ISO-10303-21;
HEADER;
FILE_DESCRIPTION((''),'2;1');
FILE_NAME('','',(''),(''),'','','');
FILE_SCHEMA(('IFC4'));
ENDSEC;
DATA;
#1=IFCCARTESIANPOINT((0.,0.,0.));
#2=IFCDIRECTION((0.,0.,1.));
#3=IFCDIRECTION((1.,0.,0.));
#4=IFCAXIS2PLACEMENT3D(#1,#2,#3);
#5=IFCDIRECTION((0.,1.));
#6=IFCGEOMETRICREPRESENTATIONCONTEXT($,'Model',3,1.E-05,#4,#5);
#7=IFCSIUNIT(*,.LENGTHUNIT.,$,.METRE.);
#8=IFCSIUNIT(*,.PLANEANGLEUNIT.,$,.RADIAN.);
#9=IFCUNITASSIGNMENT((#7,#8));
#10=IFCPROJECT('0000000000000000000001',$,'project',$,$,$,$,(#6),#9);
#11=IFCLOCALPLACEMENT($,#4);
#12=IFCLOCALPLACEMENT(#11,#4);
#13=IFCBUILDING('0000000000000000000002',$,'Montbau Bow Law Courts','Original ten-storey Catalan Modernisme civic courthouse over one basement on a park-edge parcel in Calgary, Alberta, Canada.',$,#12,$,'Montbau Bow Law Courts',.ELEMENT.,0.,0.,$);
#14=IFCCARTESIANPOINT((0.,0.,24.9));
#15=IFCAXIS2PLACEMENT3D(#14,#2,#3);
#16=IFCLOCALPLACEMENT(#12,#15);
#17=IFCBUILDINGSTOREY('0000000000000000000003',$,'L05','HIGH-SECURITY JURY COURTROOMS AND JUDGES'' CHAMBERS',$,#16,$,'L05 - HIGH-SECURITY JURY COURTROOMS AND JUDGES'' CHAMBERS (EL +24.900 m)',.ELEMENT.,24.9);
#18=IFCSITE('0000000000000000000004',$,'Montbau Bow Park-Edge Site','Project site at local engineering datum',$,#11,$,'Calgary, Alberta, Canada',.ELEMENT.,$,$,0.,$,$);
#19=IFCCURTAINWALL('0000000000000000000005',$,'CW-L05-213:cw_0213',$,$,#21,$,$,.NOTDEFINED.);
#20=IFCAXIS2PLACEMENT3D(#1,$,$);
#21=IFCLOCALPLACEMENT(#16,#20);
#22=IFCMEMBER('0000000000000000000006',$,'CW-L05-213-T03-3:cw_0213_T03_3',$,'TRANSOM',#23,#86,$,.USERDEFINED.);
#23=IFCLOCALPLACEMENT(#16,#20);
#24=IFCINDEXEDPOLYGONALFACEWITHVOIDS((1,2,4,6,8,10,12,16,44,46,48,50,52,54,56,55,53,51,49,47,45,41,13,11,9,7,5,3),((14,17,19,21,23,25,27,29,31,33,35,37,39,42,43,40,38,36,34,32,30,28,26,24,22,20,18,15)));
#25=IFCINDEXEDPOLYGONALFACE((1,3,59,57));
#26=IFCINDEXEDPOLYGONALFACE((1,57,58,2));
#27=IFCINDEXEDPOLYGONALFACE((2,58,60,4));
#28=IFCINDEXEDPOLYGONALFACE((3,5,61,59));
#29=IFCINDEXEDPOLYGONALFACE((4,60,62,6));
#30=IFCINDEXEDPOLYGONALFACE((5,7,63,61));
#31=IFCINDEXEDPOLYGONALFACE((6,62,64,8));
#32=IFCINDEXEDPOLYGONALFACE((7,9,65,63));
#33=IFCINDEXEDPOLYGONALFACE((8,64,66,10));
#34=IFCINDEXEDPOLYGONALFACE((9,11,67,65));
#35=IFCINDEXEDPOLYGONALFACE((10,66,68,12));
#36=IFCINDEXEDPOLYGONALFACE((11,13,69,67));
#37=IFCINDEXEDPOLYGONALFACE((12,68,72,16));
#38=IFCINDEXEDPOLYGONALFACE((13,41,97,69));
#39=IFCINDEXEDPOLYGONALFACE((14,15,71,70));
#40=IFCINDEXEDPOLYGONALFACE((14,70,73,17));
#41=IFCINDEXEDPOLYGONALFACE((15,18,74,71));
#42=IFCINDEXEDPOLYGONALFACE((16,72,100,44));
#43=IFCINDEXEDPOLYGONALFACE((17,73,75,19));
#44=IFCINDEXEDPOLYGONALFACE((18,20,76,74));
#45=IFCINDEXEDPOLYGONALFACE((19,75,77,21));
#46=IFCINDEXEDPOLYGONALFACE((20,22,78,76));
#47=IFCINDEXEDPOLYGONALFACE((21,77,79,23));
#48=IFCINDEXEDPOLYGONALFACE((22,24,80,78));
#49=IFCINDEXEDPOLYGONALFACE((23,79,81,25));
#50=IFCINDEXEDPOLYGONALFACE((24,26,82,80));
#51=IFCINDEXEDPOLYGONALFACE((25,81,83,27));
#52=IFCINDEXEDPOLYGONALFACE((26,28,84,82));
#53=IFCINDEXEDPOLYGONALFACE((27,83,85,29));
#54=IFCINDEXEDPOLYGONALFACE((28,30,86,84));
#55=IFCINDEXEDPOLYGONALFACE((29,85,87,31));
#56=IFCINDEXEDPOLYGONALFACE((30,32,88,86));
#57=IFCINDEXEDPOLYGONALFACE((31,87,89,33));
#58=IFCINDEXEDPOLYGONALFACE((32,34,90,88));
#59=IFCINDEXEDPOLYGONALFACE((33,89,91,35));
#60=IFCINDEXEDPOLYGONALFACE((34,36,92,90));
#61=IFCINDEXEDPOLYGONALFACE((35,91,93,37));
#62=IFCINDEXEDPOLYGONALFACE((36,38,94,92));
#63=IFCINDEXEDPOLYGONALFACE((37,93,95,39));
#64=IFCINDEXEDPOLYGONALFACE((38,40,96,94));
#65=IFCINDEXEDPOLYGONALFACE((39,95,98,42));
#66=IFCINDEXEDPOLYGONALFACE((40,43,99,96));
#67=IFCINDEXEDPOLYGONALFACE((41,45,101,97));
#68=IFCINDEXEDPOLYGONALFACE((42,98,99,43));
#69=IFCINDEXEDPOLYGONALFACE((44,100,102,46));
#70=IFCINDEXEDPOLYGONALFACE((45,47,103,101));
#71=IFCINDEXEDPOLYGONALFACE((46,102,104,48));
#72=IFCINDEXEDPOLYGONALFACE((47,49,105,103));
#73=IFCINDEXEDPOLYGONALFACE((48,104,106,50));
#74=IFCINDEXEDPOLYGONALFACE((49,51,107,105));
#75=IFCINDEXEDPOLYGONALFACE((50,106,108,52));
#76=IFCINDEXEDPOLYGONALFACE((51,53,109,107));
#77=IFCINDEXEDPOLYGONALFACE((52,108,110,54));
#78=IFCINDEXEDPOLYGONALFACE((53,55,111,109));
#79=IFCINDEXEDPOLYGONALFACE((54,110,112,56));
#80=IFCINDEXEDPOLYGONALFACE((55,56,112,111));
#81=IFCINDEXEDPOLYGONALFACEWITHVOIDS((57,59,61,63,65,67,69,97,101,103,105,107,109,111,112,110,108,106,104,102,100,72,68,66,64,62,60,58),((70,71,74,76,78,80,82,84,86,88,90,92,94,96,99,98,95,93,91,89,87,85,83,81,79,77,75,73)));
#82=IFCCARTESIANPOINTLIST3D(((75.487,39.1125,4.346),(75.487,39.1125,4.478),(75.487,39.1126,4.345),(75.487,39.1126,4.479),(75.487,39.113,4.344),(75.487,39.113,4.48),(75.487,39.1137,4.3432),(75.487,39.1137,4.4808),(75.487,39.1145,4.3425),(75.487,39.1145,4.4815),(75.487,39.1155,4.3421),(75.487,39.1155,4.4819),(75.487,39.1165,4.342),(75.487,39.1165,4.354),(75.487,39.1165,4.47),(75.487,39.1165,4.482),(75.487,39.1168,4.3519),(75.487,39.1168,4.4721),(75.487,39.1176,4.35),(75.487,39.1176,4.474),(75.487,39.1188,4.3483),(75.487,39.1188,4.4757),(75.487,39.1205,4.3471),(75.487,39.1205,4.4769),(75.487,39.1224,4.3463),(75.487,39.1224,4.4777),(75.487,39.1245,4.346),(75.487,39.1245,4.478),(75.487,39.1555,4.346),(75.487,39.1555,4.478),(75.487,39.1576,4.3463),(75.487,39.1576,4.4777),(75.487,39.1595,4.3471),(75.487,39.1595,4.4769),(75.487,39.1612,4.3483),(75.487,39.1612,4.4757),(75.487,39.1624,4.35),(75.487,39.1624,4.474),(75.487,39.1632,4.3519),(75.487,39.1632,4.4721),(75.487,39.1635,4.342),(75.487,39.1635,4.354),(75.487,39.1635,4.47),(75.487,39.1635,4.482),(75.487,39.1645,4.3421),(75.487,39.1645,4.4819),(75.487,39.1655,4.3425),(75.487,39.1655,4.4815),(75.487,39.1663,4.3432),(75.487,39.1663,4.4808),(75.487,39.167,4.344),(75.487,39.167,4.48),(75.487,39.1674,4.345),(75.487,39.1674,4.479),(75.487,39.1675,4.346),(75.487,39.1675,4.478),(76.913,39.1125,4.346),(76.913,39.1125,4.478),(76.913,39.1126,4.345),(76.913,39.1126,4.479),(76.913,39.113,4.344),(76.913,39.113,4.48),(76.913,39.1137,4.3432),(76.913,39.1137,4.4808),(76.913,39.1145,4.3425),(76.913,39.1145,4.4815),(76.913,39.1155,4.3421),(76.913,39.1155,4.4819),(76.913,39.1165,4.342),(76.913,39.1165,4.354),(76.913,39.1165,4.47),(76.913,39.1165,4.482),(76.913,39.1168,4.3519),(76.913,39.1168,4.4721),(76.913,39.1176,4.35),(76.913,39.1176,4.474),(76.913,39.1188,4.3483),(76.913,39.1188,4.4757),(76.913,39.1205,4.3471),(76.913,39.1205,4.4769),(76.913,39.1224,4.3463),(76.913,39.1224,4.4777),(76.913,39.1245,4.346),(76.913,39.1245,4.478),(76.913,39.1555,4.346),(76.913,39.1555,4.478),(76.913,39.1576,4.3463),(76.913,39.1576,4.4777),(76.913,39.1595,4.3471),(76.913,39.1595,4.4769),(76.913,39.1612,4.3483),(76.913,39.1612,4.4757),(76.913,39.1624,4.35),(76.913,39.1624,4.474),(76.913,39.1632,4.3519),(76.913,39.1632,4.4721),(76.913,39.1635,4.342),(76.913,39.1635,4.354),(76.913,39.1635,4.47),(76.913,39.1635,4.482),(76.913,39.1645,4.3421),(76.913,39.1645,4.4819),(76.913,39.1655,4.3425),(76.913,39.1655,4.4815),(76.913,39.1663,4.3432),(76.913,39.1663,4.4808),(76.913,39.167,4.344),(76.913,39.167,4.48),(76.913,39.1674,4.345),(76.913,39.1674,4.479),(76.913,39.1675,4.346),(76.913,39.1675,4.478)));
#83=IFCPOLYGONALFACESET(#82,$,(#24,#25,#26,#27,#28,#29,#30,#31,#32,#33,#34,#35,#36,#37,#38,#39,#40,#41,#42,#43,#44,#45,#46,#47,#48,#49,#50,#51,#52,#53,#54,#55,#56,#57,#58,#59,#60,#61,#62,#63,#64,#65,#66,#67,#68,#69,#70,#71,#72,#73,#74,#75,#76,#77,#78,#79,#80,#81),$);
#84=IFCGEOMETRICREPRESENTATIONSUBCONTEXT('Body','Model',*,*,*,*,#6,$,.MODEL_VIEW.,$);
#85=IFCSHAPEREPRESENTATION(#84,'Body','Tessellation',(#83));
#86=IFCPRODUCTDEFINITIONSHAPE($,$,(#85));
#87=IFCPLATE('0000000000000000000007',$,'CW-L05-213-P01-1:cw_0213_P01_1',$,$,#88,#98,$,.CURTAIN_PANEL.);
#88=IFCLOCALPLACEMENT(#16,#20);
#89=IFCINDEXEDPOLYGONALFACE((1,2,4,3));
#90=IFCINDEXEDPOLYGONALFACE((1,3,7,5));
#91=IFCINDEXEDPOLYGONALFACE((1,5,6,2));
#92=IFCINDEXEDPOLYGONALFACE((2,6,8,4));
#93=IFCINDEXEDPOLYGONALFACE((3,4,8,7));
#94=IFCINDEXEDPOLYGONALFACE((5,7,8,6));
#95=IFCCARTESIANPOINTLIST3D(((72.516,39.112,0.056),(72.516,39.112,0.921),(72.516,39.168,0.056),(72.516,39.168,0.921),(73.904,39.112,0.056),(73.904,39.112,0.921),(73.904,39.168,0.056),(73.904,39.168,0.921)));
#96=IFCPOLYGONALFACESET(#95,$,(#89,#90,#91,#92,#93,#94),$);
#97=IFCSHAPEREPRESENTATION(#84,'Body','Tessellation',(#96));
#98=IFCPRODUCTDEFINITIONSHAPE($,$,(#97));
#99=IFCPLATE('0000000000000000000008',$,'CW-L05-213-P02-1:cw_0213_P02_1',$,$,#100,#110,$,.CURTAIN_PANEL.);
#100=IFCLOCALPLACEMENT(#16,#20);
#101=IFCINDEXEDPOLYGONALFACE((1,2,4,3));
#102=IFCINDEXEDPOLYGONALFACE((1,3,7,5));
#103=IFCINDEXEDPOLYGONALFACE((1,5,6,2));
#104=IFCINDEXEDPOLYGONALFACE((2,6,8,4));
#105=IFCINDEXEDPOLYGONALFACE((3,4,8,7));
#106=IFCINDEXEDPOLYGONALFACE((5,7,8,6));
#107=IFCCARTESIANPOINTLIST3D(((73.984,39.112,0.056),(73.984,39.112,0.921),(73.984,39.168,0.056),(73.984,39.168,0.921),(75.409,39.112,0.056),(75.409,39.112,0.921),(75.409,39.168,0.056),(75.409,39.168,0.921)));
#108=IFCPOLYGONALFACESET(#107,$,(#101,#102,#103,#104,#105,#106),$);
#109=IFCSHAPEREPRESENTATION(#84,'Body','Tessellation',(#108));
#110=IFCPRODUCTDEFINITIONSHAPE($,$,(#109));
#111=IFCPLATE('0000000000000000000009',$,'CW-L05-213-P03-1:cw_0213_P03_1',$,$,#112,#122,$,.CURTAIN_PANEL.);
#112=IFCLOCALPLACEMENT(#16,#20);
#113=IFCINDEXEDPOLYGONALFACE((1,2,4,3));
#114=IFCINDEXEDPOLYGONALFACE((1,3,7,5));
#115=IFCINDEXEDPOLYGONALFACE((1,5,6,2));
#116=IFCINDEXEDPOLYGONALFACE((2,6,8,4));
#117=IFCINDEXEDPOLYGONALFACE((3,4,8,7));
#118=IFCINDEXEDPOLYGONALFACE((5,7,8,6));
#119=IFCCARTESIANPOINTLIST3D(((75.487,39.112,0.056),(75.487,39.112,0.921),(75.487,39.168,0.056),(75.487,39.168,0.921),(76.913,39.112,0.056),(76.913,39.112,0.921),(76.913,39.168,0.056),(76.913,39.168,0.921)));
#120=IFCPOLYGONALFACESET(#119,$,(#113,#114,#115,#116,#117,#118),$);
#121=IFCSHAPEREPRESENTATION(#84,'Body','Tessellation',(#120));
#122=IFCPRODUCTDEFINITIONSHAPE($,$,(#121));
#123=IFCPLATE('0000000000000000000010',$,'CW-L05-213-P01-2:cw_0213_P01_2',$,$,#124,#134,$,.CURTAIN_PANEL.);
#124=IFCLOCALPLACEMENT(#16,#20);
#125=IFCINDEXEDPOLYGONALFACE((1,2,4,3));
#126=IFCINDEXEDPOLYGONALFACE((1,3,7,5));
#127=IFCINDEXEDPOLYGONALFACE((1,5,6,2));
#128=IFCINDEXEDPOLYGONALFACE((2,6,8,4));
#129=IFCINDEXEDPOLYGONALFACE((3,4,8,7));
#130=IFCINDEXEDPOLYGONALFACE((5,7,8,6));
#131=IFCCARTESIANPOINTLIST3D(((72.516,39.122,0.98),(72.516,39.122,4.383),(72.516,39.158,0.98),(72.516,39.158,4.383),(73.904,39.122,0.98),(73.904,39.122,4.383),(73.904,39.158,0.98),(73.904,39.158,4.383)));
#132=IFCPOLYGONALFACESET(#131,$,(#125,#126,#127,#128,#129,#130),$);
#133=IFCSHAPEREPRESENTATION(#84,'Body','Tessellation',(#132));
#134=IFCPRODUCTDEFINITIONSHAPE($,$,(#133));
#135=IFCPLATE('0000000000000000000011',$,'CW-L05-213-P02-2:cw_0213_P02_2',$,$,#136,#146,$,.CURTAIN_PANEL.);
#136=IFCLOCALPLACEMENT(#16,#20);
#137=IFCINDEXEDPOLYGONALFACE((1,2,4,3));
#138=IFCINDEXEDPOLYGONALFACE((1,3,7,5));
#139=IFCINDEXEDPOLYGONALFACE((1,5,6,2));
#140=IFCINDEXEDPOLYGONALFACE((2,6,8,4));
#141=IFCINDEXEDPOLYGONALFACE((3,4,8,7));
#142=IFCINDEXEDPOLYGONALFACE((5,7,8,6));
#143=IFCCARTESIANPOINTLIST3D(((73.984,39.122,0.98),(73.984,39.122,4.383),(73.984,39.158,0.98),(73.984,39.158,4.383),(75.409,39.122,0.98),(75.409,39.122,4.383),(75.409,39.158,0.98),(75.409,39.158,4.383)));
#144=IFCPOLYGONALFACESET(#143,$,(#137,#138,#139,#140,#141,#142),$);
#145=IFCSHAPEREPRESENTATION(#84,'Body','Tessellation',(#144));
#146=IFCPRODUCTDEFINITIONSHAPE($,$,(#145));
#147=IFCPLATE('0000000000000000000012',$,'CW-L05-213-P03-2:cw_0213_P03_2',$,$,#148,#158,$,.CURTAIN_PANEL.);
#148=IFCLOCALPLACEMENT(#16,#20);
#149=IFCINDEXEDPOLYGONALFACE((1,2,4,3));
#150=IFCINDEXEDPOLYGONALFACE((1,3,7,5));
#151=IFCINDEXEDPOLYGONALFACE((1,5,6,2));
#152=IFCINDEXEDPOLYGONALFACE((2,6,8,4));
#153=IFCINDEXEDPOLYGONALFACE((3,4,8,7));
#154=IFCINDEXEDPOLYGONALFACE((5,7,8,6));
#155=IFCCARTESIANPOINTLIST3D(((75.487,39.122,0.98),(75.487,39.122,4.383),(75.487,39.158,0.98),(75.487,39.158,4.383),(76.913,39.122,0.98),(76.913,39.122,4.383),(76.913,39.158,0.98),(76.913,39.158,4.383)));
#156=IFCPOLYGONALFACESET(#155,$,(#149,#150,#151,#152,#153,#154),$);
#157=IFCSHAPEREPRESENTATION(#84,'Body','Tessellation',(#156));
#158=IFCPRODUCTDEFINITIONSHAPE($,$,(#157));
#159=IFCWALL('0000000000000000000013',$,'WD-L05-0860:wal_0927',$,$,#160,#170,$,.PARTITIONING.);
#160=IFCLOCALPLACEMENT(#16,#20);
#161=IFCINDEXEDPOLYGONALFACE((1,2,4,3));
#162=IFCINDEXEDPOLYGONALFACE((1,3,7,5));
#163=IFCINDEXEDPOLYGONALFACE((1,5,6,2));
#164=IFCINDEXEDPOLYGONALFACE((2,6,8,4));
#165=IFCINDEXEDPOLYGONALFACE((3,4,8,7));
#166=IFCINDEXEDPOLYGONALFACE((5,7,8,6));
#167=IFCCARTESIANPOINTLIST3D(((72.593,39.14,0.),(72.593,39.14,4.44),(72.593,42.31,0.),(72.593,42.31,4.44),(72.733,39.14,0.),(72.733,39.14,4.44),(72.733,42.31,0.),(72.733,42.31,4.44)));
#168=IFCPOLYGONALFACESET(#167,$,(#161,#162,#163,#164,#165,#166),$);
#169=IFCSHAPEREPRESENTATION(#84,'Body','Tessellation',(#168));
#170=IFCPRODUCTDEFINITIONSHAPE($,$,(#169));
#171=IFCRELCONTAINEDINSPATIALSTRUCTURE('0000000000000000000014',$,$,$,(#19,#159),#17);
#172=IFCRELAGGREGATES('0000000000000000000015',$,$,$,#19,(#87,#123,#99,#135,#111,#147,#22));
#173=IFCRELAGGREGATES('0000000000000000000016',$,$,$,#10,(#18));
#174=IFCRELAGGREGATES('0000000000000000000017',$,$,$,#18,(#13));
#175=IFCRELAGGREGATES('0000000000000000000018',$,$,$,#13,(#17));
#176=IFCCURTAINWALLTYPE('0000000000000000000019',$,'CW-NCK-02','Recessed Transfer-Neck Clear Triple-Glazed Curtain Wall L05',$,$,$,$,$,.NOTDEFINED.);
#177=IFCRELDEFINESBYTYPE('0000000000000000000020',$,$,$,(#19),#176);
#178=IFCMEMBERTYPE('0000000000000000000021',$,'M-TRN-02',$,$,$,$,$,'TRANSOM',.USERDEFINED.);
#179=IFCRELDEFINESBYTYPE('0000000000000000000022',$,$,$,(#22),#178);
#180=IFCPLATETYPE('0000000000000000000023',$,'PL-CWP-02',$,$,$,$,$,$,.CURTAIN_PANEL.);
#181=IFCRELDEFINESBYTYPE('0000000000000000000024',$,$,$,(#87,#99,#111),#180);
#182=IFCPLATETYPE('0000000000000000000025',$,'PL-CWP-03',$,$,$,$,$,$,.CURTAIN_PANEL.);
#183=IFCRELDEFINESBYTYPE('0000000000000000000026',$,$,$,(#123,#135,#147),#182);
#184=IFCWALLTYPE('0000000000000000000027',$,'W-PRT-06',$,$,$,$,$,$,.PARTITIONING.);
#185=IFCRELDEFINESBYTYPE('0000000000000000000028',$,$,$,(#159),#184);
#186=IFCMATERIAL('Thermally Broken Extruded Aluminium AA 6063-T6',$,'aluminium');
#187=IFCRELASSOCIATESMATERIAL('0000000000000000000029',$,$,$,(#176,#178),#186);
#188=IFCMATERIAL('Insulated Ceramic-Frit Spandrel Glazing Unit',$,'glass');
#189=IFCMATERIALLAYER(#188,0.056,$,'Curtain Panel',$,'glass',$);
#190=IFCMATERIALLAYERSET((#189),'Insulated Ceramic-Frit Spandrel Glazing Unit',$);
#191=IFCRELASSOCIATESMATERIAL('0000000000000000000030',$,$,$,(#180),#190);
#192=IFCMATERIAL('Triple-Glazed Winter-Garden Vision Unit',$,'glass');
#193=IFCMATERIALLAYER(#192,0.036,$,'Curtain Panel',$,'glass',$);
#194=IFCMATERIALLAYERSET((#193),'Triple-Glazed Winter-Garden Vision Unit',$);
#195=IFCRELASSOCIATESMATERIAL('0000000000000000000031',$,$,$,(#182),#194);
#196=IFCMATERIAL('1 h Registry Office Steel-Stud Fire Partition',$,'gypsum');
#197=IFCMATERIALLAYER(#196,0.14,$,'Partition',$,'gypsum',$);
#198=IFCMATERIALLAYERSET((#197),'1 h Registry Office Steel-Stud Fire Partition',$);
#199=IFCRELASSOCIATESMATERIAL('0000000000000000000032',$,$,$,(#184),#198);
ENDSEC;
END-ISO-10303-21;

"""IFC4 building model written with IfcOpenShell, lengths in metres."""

from ifc_helpers import new_model, si_unit, direction, frame, frame_2d, origin_with_axes, origin_2d_with_axis, place, context, subcontext, project, spatial, rectangle, hollow_rectangle, extrude, material, layer, layer_set, material_profile, profile_set, type_object, element, aggregate, save


model = new_model("IFC4")

# Units and contexts
model_context = context("Model", 3, precision=1e-05, world=origin_with_axes(), true_north=direction((0.0, 1.0)))
body_context = subcontext(model_context, "Body", "Model", "MODEL_VIEW")
ifc_project = project(units=[si_unit("LENGTHUNIT", "METRE"), si_unit("PLANEANGLEUNIT", "RADIAN")], contexts=[model_context])

# Site, building, storey
site_placement = place(None, origin_with_axes())
site = spatial("IfcSite", under=ifc_project, at=site_placement, Name="Montbau Bow Park-Edge Site", Description="Project site at local engineering datum", LongName="Calgary, Alberta, Canada", CompositionType="ELEMENT", RefElevation=0.0)
building_placement = place(site_placement, origin_with_axes())
building = spatial("IfcBuilding", under=site, at=building_placement, Name="Montbau Bow Law Courts", Description="Original ten-storey Catalan Modernisme civic courthouse over one basement on a park-edge parcel in Calgary, Alberta, Canada.", LongName="Montbau Bow Law Courts", CompositionType="ELEMENT", ElevationOfRefHeight=0.0, ElevationOfTerrain=0.0)
storey_placement = place(building_placement, frame((0.0, 0.0, 24.9), z_axis=(0.0, 0.0, 1.0), x_axis=(1.0, 0.0, 0.0)))
storey = spatial("IfcBuildingStorey", under=building, at=storey_placement, Name="L05", Description="HIGH-SECURITY JURY COURTROOMS AND JUDGES' CHAMBERS", LongName="L05 - HIGH-SECURITY JURY COURTROOMS AND JUDGES' CHAMBERS (EL +24.900 m)", CompositionType="ELEMENT", Elevation=24.9)

# Curtain wall, member, plates
ifc_material_1 = material(Name="Thermally Broken Extruded Aluminium AA 6063-T6", Category="aluminium")
curtain_wall_type = type_object("IfcCurtainWallType", Name="CW-NCK-02", Description="Recessed Transfer-Neck Clear Triple-Glazed Curtain Wall L05", PredefinedType="NOTDEFINED", material=ifc_material_1)
curtain_wall_placement = place(None, frame((72.44, 39.14, 24.9), z_axis=(0.0, 0.0, 1.0), x_axis=(1.0, 0.0, 0.0)))
curtain_wall = element("IfcCurtainWall", 1, at=curtain_wall_placement, inside=storey, type_object=curtain_wall_type, Name="CW-L05-213:cw_0213", PredefinedType="NOTDEFINED")
ifc_material_profile_1 = material_profile(ifc_material_1, hollow_rectangle(XDim=0.055, YDim=0.14, WallThickness=0.004, InnerFilletRadius=0.008, OuterFilletRadius=0.004, at=origin_2d_with_axis()), Name="CWT-140X55", Category="Main", Priority=0)
ifc_profile_set_1 = profile_set([ifc_material_profile_1], Name="Thermally Broken Extruded Aluminium AA 6063-T6")
member_type_1 = type_object("IfcMemberType", Name="M-TRN-02", ElementType="TRANSOM", PredefinedType="USERDEFINED", material=ifc_profile_set_1)
member_1_placement = place(None, frame((75.487, 39.14, 29.312), z_axis=(1.0, 0.0, 0.0), x_axis=(0.0, 1.0, 0.0)))
member_1 = element("IfcMember", 2, at=member_1_placement, type_object=member_type_1, Name="CW-L05-213-T03-3:cw_0213_T03_3", ObjectType="TRANSOM", PredefinedType="USERDEFINED", context=body_context, shape_type="SweptSolid", body=[
    extrude(hollow_rectangle(XDim=0.055, YDim=0.14, WallThickness=0.004, InnerFilletRadius=0.008, OuterFilletRadius=0.004, at=origin_2d_with_axis()), origin_with_axes(), (0.0, 0.0, 1.0), 1.426),
])
ifc_material_2 = material(Name="Insulated Ceramic-Frit Spandrel Glazing Unit", Category="glass")
ifc_layer_1 = layer(ifc_material_2, 0.056, Name="Curtain Panel", Category="glass")
ifc_layer_set_1 = layer_set([ifc_layer_1], Name="Insulated Ceramic-Frit Spandrel Glazing Unit")
plate_type_1 = type_object("IfcPlateType", Name="PL-CWP-02", PredefinedType="CURTAIN_PANEL", material=ifc_layer_set_1)
plate_1_placement = place(None, frame((72.516, 39.14, 24.956), z_axis=(0.0, -1.0, 0.0), x_axis=(1.0, 0.0, 0.0)))
plate_1 = element("IfcPlate", 3, at=plate_1_placement, type_object=plate_type_1, Name="CW-L05-213-P01-1:cw_0213_P01_1", PredefinedType="CURTAIN_PANEL", context=body_context, shape_type="SweptSolid", body=[
    extrude(rectangle(XDim=1.388, YDim=0.865, at=frame_2d((0.694, 0.4325), x_axis=(1.0, 0.0))), frame((0.0, 0.0, -0.028), z_axis=(0.0, 0.0, 1.0), x_axis=(1.0, 0.0, 0.0)), (0.0, 0.0, 1.0), 0.056),
])
plate_2_placement = place(None, frame((73.984, 39.14, 24.956), z_axis=(0.0, -1.0, 0.0), x_axis=(1.0, 0.0, 0.0)))
plate_2 = element("IfcPlate", 4, at=plate_2_placement, type_object=plate_type_1, Name="CW-L05-213-P02-1:cw_0213_P02_1", PredefinedType="CURTAIN_PANEL", context=body_context, shape_type="SweptSolid", body=[
    extrude(rectangle(XDim=1.425, YDim=0.865, at=frame_2d((0.7125, 0.4325), x_axis=(1.0, 0.0))), frame((0.0, 0.0, -0.028), z_axis=(0.0, 0.0, 1.0), x_axis=(1.0, 0.0, 0.0)), (0.0, 0.0, 1.0), 0.056),
])
plate_3_placement = place(None, frame((75.487, 39.14, 24.956), z_axis=(0.0, -1.0, 0.0), x_axis=(1.0, 0.0, 0.0)))
plate_3 = element("IfcPlate", 5, at=plate_3_placement, type_object=plate_type_1, Name="CW-L05-213-P03-1:cw_0213_P03_1", PredefinedType="CURTAIN_PANEL", context=body_context, shape_type="SweptSolid", body=[
    extrude(rectangle(XDim=1.426, YDim=0.865, at=frame_2d((0.713, 0.4325), x_axis=(1.0, 0.0))), frame((0.0, 0.0, -0.028), z_axis=(0.0, 0.0, 1.0), x_axis=(1.0, 0.0, 0.0)), (0.0, 0.0, 1.0), 0.056),
])
ifc_material_3 = material(Name="Triple-Glazed Winter-Garden Vision Unit", Category="glass")
ifc_layer_2 = layer(ifc_material_3, 0.036, Name="Curtain Panel", Category="glass")
ifc_layer_set_2 = layer_set([ifc_layer_2], Name="Triple-Glazed Winter-Garden Vision Unit")
plate_type_2 = type_object("IfcPlateType", Name="PL-CWP-03", PredefinedType="CURTAIN_PANEL", material=ifc_layer_set_2)
plate_4_placement = place(None, frame((72.516, 39.14, 25.88), z_axis=(0.0, -1.0, 0.0), x_axis=(1.0, 0.0, 0.0)))
plate_4 = element("IfcPlate", 6, at=plate_4_placement, type_object=plate_type_2, Name="CW-L05-213-P01-2:cw_0213_P01_2", PredefinedType="CURTAIN_PANEL", context=body_context, shape_type="SweptSolid", body=[
    extrude(rectangle(XDim=1.388, YDim=3.403, at=frame_2d((0.694, 1.7015), x_axis=(1.0, 0.0))), frame((0.0, 0.0, -0.018), z_axis=(0.0, 0.0, 1.0), x_axis=(1.0, 0.0, 0.0)), (0.0, 0.0, 1.0), 0.036),
])
plate_5_placement = place(None, frame((73.984, 39.14, 25.88), z_axis=(0.0, -1.0, 0.0), x_axis=(1.0, 0.0, 0.0)))
plate_5 = element("IfcPlate", 7, at=plate_5_placement, type_object=plate_type_2, Name="CW-L05-213-P02-2:cw_0213_P02_2", PredefinedType="CURTAIN_PANEL", context=body_context, shape_type="SweptSolid", body=[
    extrude(rectangle(XDim=1.425, YDim=3.403, at=frame_2d((0.7125, 1.7015), x_axis=(1.0, 0.0))), frame((0.0, 0.0, -0.018), z_axis=(0.0, 0.0, 1.0), x_axis=(1.0, 0.0, 0.0)), (0.0, 0.0, 1.0), 0.036),
])
plate_6_placement = place(None, frame((75.487, 39.14, 25.88), z_axis=(0.0, -1.0, 0.0), x_axis=(1.0, 0.0, 0.0)))
plate_6 = element("IfcPlate", 8, at=plate_6_placement, type_object=plate_type_2, Name="CW-L05-213-P03-2:cw_0213_P03_2", PredefinedType="CURTAIN_PANEL", context=body_context, shape_type="SweptSolid", body=[
    extrude(rectangle(XDim=1.426, YDim=3.403, at=frame_2d((0.713, 1.7015), x_axis=(1.0, 0.0))), frame((0.0, 0.0, -0.018), z_axis=(0.0, 0.0, 1.0), x_axis=(1.0, 0.0, 0.0)), (0.0, 0.0, 1.0), 0.036),
])
aggregate(curtain_wall, [plate_1, plate_4, plate_2, plate_5, plate_3, plate_6, member_1])

# Wall
ifc_material_4 = material(Name="1 h Registry Office Steel-Stud Fire Partition", Category="gypsum")
ifc_layer_3 = layer(ifc_material_4, 0.14, Name="Partition", Category="gypsum")
ifc_layer_set_3 = layer_set([ifc_layer_3], Name="1 h Registry Office Steel-Stud Fire Partition")
wall_type = type_object("IfcWallType", Name="W-PRT-06", PredefinedType="PARTITIONING", material=ifc_layer_set_3)
wall_placement = place(None, frame((72.663, 39.14, 24.9), z_axis=(0.0, 0.0, 1.0), x_axis=(0.0, 1.0, 0.0)))
element("IfcWall", 9, at=wall_placement, inside=storey, type_object=wall_type, Name="WD-L05-0860:wal_0927", PredefinedType="PARTITIONING", context=body_context, shape_type="SweptSolid", body=[
    extrude(rectangle(XDim=3.17, YDim=0.14, at=frame_2d((1.585, 0.0), x_axis=(1.0, 0.0))), origin_with_axes(), (0.0, 0.0, 1.0), 4.44),
])

save(model, "model.ifc")
